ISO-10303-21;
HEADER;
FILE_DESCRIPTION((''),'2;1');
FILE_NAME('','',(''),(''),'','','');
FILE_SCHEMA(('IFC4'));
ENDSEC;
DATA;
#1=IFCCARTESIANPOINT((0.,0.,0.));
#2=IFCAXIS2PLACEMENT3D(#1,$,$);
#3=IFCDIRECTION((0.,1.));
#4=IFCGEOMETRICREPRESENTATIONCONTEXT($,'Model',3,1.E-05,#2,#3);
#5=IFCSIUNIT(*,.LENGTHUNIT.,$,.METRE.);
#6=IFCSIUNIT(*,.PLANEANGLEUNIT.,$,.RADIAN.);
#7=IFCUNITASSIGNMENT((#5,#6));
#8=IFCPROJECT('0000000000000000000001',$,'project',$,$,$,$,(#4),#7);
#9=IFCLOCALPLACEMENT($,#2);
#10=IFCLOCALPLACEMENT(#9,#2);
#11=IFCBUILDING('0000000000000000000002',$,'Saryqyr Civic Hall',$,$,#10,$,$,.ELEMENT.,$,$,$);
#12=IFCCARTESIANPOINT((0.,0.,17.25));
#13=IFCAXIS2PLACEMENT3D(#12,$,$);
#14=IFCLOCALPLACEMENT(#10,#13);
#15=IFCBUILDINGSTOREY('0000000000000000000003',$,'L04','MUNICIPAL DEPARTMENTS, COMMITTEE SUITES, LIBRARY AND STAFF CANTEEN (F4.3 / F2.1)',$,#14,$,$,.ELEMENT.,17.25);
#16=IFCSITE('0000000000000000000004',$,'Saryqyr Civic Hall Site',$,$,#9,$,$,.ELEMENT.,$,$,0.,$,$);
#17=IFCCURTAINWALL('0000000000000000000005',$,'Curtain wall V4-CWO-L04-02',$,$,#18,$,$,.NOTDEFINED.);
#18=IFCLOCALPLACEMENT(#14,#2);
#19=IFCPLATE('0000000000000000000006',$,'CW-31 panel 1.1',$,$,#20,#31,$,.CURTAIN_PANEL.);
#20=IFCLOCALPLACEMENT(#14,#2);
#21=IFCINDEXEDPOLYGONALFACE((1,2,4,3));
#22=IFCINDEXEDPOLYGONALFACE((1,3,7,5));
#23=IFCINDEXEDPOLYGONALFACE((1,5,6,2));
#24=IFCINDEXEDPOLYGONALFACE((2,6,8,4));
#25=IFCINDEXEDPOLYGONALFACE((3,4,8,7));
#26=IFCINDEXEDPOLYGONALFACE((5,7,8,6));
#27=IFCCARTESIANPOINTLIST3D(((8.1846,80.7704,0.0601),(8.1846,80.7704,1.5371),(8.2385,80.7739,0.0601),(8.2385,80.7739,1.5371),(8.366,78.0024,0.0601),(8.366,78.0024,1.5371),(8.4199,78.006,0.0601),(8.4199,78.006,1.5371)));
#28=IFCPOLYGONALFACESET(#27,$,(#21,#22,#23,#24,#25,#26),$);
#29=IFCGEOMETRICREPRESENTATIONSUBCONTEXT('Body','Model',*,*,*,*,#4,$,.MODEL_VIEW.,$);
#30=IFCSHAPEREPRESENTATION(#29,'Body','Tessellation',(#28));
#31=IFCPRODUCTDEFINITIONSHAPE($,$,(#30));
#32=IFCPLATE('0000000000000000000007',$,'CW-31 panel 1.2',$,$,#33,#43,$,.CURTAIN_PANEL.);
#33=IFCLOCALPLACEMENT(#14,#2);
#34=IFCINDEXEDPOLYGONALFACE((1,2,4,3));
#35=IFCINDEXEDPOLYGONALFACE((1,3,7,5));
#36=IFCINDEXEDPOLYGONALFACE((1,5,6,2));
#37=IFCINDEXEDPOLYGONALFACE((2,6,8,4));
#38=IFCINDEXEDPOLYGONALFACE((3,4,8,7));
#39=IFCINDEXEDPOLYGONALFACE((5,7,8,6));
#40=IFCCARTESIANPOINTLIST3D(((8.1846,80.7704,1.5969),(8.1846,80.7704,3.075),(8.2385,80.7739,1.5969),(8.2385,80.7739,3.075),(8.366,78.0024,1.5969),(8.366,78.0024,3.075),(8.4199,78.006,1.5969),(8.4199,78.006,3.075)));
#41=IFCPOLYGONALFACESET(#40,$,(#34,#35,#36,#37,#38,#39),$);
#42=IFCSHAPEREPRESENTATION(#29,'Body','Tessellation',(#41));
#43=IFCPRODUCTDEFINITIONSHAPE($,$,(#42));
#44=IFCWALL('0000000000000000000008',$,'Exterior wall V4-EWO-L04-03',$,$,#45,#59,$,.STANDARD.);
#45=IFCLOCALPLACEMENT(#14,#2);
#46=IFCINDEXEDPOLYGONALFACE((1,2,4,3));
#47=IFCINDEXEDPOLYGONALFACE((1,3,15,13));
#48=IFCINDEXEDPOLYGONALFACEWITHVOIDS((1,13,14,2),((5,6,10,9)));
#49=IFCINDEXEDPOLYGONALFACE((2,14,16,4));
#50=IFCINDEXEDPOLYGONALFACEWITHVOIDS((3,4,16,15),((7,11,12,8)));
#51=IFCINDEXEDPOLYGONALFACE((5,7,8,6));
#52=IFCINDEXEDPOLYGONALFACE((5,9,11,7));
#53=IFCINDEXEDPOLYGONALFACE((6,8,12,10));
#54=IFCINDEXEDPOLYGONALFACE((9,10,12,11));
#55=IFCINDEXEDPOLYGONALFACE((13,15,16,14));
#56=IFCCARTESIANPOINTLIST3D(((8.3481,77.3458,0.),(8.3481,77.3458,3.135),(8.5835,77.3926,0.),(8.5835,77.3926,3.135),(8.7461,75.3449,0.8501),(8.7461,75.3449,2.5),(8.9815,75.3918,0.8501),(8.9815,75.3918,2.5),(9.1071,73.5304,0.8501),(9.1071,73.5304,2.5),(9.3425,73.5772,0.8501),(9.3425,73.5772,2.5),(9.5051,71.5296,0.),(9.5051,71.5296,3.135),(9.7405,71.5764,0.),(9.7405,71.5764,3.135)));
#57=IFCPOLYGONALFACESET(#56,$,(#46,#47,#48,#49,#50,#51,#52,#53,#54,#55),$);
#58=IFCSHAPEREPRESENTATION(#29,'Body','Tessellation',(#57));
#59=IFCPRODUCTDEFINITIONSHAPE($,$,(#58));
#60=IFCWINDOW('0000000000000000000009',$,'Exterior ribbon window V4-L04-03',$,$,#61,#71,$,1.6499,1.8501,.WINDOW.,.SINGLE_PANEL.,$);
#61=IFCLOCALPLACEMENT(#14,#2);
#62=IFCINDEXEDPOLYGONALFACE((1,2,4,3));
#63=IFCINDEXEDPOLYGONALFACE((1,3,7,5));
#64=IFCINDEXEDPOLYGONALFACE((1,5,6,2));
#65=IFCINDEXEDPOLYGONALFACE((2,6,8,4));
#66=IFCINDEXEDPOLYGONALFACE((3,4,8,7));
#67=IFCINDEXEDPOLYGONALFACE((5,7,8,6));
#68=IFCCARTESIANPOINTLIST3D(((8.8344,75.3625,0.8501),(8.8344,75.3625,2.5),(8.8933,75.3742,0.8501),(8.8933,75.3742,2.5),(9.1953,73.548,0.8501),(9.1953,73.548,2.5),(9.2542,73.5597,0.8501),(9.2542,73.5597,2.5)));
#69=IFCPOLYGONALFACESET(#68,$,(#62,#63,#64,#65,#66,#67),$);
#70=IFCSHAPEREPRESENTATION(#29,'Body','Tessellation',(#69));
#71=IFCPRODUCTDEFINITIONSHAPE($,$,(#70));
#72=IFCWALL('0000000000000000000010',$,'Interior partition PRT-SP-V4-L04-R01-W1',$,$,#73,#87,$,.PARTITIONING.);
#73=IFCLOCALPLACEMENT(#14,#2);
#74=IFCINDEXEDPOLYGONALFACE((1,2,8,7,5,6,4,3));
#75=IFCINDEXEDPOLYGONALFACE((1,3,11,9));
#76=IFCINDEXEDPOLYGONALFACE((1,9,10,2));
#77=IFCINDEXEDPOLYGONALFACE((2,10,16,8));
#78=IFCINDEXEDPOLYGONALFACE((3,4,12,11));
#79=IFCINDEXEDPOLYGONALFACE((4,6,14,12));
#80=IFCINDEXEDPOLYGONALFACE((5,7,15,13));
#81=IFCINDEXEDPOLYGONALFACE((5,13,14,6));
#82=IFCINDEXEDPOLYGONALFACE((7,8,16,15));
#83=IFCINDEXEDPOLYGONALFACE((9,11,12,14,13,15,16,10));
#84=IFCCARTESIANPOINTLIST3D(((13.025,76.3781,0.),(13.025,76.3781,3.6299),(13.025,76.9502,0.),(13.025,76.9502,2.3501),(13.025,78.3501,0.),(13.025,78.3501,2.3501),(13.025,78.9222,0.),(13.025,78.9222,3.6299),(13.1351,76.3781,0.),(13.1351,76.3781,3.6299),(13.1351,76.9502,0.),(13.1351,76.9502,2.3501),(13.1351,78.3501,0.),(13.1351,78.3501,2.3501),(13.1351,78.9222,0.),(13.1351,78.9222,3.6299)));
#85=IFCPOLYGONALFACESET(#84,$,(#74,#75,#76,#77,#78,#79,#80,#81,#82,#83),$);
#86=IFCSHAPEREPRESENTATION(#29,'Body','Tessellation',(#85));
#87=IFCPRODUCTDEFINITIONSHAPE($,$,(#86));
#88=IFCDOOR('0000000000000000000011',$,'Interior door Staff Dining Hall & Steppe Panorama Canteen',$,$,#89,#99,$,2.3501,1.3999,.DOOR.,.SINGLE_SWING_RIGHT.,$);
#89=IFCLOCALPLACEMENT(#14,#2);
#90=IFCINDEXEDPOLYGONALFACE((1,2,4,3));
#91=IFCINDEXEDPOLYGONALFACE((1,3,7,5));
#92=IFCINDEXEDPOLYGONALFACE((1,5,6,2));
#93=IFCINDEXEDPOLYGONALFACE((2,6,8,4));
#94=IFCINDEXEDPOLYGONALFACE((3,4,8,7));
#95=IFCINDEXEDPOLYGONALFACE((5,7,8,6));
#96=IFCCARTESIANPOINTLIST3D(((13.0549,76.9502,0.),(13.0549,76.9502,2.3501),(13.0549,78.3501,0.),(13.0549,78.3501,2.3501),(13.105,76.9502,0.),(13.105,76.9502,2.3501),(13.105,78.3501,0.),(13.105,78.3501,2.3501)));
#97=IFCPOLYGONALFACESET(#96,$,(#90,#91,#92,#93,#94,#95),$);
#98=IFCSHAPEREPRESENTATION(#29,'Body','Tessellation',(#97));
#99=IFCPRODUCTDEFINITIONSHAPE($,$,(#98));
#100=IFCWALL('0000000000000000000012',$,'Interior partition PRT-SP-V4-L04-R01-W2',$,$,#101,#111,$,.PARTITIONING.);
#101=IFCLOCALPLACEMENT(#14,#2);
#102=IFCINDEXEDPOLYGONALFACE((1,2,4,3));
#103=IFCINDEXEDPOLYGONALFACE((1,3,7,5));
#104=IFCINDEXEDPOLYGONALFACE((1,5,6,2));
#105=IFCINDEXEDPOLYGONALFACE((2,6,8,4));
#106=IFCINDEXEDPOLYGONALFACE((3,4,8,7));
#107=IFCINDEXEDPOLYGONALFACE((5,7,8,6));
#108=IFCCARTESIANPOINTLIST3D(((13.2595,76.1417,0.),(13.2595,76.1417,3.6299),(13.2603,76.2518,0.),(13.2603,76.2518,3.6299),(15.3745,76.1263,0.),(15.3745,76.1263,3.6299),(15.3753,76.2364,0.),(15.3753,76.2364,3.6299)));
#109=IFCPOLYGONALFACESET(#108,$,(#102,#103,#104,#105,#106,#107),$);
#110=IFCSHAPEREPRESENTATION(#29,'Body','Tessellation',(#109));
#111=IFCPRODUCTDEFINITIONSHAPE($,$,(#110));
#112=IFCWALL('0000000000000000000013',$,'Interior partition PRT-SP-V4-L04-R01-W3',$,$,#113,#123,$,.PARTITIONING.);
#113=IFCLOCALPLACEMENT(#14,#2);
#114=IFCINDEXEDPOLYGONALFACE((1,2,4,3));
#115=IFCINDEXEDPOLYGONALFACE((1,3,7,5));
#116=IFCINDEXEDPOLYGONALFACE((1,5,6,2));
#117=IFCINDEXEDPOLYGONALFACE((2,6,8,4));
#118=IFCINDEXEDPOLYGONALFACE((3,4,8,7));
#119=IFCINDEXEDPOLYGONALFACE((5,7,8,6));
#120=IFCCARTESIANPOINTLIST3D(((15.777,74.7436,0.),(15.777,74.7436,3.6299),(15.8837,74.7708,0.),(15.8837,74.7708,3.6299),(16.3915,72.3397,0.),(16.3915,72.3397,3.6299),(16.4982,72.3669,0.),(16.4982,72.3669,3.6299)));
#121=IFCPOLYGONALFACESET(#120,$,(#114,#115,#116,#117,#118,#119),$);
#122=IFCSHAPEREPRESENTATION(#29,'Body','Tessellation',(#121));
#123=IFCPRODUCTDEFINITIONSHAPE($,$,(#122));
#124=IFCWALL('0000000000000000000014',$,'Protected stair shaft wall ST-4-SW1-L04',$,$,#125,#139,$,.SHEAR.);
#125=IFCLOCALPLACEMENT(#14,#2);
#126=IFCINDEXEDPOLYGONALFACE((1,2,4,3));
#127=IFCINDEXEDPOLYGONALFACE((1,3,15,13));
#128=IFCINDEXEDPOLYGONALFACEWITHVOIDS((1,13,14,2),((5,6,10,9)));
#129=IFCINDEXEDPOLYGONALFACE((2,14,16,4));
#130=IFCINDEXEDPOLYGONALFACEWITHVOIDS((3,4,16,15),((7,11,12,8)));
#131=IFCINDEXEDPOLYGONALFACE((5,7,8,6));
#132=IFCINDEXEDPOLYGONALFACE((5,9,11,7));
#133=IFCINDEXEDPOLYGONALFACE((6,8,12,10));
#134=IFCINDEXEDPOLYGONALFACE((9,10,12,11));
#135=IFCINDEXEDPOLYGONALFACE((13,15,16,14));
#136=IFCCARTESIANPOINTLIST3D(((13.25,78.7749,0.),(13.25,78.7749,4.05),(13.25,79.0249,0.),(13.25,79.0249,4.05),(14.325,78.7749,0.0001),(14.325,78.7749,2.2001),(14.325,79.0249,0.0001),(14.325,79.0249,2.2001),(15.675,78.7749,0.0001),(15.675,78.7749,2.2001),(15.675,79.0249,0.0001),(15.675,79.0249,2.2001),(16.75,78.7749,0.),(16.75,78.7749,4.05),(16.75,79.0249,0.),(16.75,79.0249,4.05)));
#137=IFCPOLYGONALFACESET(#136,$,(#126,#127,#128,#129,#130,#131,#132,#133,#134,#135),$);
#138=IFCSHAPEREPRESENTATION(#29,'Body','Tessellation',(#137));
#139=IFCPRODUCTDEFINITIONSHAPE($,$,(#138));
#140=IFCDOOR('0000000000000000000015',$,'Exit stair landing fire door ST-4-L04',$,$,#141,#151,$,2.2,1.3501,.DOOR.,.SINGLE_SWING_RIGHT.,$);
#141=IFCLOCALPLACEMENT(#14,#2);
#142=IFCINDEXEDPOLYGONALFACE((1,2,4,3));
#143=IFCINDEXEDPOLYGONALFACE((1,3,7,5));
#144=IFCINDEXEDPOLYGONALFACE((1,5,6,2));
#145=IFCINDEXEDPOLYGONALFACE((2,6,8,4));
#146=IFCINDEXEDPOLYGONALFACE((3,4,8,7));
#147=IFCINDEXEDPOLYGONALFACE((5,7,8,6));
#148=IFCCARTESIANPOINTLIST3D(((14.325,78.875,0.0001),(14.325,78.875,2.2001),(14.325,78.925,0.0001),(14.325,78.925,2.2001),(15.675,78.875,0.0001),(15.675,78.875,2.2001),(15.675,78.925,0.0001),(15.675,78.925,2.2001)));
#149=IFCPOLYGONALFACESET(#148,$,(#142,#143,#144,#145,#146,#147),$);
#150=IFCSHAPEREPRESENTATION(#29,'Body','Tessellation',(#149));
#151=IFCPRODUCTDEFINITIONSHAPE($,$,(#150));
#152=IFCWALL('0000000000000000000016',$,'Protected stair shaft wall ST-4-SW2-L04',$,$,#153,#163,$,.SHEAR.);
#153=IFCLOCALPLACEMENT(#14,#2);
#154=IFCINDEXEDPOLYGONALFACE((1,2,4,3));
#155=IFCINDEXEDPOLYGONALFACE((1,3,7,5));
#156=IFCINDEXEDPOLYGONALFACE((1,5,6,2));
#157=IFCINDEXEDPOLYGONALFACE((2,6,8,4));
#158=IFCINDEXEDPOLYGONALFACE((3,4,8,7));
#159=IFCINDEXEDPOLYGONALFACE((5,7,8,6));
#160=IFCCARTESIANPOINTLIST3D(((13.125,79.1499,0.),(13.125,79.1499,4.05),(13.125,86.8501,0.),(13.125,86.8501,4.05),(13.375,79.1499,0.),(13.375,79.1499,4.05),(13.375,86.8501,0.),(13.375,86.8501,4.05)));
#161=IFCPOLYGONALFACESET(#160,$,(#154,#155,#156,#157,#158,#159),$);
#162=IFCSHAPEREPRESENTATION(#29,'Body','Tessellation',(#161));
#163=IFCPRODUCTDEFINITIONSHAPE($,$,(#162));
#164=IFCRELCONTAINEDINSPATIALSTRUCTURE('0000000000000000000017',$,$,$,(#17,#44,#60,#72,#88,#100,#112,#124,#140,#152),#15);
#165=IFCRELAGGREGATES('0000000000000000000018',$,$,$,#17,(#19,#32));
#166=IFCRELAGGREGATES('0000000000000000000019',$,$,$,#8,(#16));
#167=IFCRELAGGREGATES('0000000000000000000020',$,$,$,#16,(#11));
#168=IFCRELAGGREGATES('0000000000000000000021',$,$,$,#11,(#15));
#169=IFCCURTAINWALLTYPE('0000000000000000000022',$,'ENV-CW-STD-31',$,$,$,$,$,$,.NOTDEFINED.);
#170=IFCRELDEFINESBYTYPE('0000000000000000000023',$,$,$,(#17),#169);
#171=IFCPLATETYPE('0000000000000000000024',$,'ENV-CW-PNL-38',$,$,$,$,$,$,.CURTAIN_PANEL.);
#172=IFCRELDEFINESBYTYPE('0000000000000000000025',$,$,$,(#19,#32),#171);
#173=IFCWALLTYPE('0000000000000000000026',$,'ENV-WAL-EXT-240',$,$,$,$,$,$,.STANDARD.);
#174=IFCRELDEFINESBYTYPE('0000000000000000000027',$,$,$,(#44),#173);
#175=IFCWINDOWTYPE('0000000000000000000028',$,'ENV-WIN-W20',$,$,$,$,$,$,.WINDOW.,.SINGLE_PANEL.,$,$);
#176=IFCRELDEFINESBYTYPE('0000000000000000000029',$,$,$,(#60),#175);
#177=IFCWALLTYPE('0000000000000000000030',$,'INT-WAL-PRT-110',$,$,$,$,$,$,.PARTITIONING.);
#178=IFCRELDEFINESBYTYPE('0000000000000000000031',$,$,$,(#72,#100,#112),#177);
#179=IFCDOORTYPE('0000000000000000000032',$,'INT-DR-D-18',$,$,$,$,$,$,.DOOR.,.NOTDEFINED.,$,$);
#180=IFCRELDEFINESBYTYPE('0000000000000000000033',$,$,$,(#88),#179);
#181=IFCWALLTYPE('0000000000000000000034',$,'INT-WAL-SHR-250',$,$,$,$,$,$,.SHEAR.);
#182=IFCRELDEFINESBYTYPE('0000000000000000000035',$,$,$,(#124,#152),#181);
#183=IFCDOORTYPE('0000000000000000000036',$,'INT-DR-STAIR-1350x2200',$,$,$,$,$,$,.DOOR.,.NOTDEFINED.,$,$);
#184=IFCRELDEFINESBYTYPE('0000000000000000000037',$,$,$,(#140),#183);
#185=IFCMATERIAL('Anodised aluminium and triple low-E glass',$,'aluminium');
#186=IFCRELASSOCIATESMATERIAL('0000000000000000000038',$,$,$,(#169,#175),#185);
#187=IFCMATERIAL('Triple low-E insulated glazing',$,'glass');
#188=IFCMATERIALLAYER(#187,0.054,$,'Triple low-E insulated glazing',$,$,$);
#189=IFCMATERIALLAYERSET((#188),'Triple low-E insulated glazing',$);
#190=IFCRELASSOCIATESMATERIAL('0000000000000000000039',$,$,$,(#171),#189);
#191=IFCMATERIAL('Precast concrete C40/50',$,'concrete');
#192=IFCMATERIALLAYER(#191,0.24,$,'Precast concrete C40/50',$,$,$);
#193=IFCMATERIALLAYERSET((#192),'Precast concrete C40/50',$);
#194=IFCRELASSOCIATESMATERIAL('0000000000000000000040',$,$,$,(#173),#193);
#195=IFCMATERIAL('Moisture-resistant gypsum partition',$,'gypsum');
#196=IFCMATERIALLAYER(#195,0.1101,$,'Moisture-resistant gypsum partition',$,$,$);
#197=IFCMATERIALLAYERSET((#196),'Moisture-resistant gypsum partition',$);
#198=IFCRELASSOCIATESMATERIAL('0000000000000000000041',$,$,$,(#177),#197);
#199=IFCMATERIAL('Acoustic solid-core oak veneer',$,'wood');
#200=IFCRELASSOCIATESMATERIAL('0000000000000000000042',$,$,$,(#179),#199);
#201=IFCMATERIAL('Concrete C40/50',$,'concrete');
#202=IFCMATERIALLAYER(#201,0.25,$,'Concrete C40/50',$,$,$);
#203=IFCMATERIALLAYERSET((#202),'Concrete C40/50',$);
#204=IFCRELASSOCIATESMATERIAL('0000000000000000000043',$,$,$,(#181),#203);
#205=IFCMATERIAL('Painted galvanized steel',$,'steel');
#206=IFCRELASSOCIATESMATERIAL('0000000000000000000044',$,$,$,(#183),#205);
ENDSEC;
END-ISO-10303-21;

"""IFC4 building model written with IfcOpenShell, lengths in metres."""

from ifc_helpers import new_model, si_unit, direction, frame, frame_2d, origin, origin_2d, place, context, subcontext, project, spatial, rectangle, extrude, material, layer, layer_set, type_object, element, fill, aggregate, save


model = new_model("IFC4")

# Units and contexts
model_context = context("Model", 3, precision=1e-05, world=origin(), true_north=direction((0.0, 1.0)))
body_context = subcontext(model_context, "Body", "Model", "MODEL_VIEW")
ifc_project = project(units=[si_unit("LENGTHUNIT", "METRE"), si_unit("PLANEANGLEUNIT", "RADIAN")], contexts=[model_context])

# Site, building, storey
site_placement = place(None, origin())
site = spatial("IfcSite", under=ifc_project, at=site_placement, Name="Saryqyr Civic Hall Site", CompositionType="ELEMENT", RefElevation=0.0)
building_placement = place(site_placement, origin())
building = spatial("IfcBuilding", under=site, at=building_placement, Name="Saryqyr Civic Hall", CompositionType="ELEMENT")
storey_placement = place(building_placement, frame((0.0, 0.0, 17.25)))
storey = spatial("IfcBuildingStorey", under=building, at=storey_placement, Name="L04", Description="MUNICIPAL DEPARTMENTS, COMMITTEE SUITES, LIBRARY AND STAFF CANTEEN (F4.3 / F2.1)", CompositionType="ELEMENT", Elevation=17.25)

# Shared definitions
ifc_material_1 = material(Name="Concrete C40/50", Category="concrete")

# Curtain wall
ifc_material_2 = material(Name="Anodised aluminium and triple low-E glass", Category="aluminium")
curtain_wall_type = type_object("IfcCurtainWallType", Name="ENV-CW-STD-31", PredefinedType="NOTDEFINED", material=ifc_material_2)
curtain_wall_placement = place(storey_placement, origin())
curtain_wall = element("IfcCurtainWall", 1, at=curtain_wall_placement, inside=storey, type_object=curtain_wall_type, Name="Curtain wall V4-CWO-L04-02", PredefinedType="NOTDEFINED")

# Shared definitions
ifc_material_3 = material(Name="Precast concrete C40/50", Category="concrete")

# Plates
ifc_material_4 = material(Name="Triple low-E insulated glazing", Category="glass")
ifc_layer_1 = layer(ifc_material_4, 0.054, Name="Triple low-E insulated glazing")
ifc_layer_set_1 = layer_set([ifc_layer_1], Name="Triple low-E insulated glazing")
plate_type = type_object("IfcPlateType", Name="ENV-CW-PNL-38", PredefinedType="CURTAIN_PANEL", material=ifc_layer_set_1)
plate_1_placement = place(storey_placement, frame((8.3022, 79.3882, 0.0601), z_axis=(0.0, 0.0, 1.0), x_axis=(-0.065397, 0.997859, 0.0)))
plate_1 = element("IfcPlate", 2, at=plate_1_placement, type_object=plate_type, Name="CW-31 panel 1.1", PredefinedType="CURTAIN_PANEL", context=body_context, shape_type="SweptSolid", body=[
    extrude(rectangle(XDim=2.7739, YDim=0.054, at=origin_2d()), origin(), (0.0, 0.0, 1.0), 1.4771),
])
plate_2_placement = place(storey_placement, frame((8.3022, 79.3882, 1.5969), z_axis=(0.0, 0.0, 1.0), x_axis=(-0.065397, 0.997859, 0.0)))
plate_2 = element("IfcPlate", 3, at=plate_2_placement, type_object=plate_type, Name="CW-31 panel 1.2", PredefinedType="CURTAIN_PANEL", context=body_context, shape_type="SweptSolid", body=[
    extrude(rectangle(XDim=2.7739, YDim=0.054, at=origin_2d()), origin(), (0.0, 0.0, 1.0), 1.478),
])
aggregate(curtain_wall, [plate_1, plate_2])

# Wall, opening, window
ifc_layer_2 = layer(ifc_material_3, 0.24, Name="Precast concrete C40/50")
ifc_layer_set_2 = layer_set([ifc_layer_2], Name="Precast concrete C40/50")
wall_type_1 = type_object("IfcWallType", Name="ENV-WAL-EXT-240", PredefinedType="STANDARD", material=ifc_layer_set_2)
wall_1_placement = place(storey_placement, frame((9.6228, 71.553, 0.0), z_axis=(0.0, 0.0, 1.0), x_axis=(-0.195103, 0.980783, 0.0)))
wall_1 = element("IfcWall", 4, at=wall_1_placement, inside=storey, type_object=wall_type_1, Name="Exterior wall V4-EWO-L04-03", PredefinedType="STANDARD", context=body_context, shape_type="SweptSolid", body=[
    extrude(rectangle(XDim=5.9302, YDim=0.24, at=frame_2d((2.9651, 0.0))), origin(), (0.0, 0.0, 1.0), 3.135),
])
opening_1_placement = place(wall_1_placement, frame((2.04, 0.0, 0.8501)))
opening_1 = element("IfcOpeningElement", 5, at=opening_1_placement, cuts=wall_1, PredefinedType="OPENING", context=body_context, shape_type="SweptSolid", body=[
    extrude(rectangle(XDim=1.8501, YDim=1.6499, at=frame_2d((0.925, 0.825))), frame((0.0, 0.1299, 0.0), z_axis=(0.0, -1.0, 0.0), x_axis=(1.0, 0.0, 0.0)), (0.0, 0.0, 1.0), 0.26),
])
window_type = type_object("IfcWindowType", Name="ENV-WIN-W20", PartitioningType="SINGLE_PANEL", PredefinedType="WINDOW", material=ifc_material_2)
window_placement = place(opening_1_placement, origin())
window = element("IfcWindow", 6, at=window_placement, inside=storey, type_object=window_type, Name="Exterior ribbon window V4-L04-03", OverallHeight=1.6499, OverallWidth=1.8501, PartitioningType="SINGLE_PANEL", PredefinedType="WINDOW", context=body_context, shape_type="SweptSolid", body=[
    extrude(rectangle(XDim=1.8501, YDim=1.6499, at=frame_2d((0.925, 0.825))), frame((0.0, 0.03, 0.0), z_axis=(0.0, -1.0, 0.0), x_axis=(1.0, 0.0, 0.0)), (0.0, 0.0, 1.0), 0.0601),
])
fill(opening_1, window)

# Wall, opening, door
ifc_material_5 = material(Name="Moisture-resistant gypsum partition", Category="gypsum")
ifc_layer_3 = layer(ifc_material_5, 0.1101, Name="Moisture-resistant gypsum partition")
ifc_layer_set_3 = layer_set([ifc_layer_3], Name="Moisture-resistant gypsum partition")
wall_type_2 = type_object("IfcWallType", Name="INT-WAL-PRT-110", PredefinedType="PARTITIONING", material=ifc_layer_set_3)
wall_2_placement = place(storey_placement, frame((13.0801, 78.9221, 0.0), z_axis=(0.0, 0.0, 1.0), x_axis=(0.0, -1.0, 0.0)))
wall_2 = element("IfcWall", 7, at=wall_2_placement, inside=storey, type_object=wall_type_2, Name="Interior partition PRT-SP-V4-L04-R01-W1", PredefinedType="PARTITIONING", context=body_context, shape_type="SweptSolid", body=[
    extrude(rectangle(XDim=2.5442, YDim=0.1101, at=frame_2d((1.272, 0.0))), origin(), (0.0, 0.0, 1.0), 3.6299),
])
opening_2_placement = place(wall_2_placement, frame((0.572, 0.0, 0.0)))
opening_2 = element("IfcOpeningElement", 8, at=opening_2_placement, cuts=wall_2, PredefinedType="OPENING", context=body_context, shape_type="SweptSolid", body=[
    extrude(rectangle(XDim=1.3999, YDim=2.3501, at=frame_2d((0.7, 1.175))), frame((0.0, 0.0649, 0.0), z_axis=(0.0, -1.0, 0.0), x_axis=(1.0, 0.0, 0.0)), (0.0, 0.0, 1.0), 0.1301),
])
ifc_material_6 = material(Name="Acoustic solid-core oak veneer", Category="wood")
door_type_1 = type_object("IfcDoorType", Name="INT-DR-D-18", OperationType="NOTDEFINED", PredefinedType="DOOR", material=ifc_material_6)
door_1_placement = place(opening_2_placement, origin())
door_1 = element("IfcDoor", 9, at=door_1_placement, inside=storey, type_object=door_type_1, Name="Interior door Staff Dining Hall & Steppe Panorama Canteen", OperationType="SINGLE_SWING_RIGHT", OverallHeight=2.3501, OverallWidth=1.3999, PredefinedType="DOOR", context=body_context, shape_type="SweptSolid", body=[
    extrude(rectangle(XDim=1.3999, YDim=2.3501, at=frame_2d((0.7, 1.175))), frame((0.0, 0.0249, 0.0), z_axis=(0.0, -1.0, 0.0), x_axis=(1.0, 0.0, 0.0)), (0.0, 0.0, 1.0), 0.05),
])
fill(opening_2, door_1)

# Walls
wall_3_placement = place(storey_placement, frame((15.375, 76.1814, 0.0), z_axis=(0.0, 0.0, 1.0), x_axis=(-0.999974, 0.007272, 0.0)))
element("IfcWall", 10, at=wall_3_placement, inside=storey, type_object=wall_type_2, Name="Interior partition PRT-SP-V4-L04-R01-W2", PredefinedType="PARTITIONING", context=body_context, shape_type="SweptSolid", body=[
    extrude(rectangle(XDim=2.115, YDim=0.1101, at=frame_2d((1.0576, 0.0))), origin(), (0.0, 0.0, 1.0), 3.6299),
])
wall_4_placement = place(storey_placement, frame((15.8303, 74.7573, 0.0), z_axis=(0.0, 0.0, 1.0), x_axis=(0.247672, -0.968844, 0.0)))
element("IfcWall", 11, at=wall_4_placement, inside=storey, type_object=wall_type_2, Name="Interior partition PRT-SP-V4-L04-R01-W3", PredefinedType="PARTITIONING", context=body_context, shape_type="SweptSolid", body=[
    extrude(rectangle(XDim=2.4812, YDim=0.1101, at=frame_2d((1.2407, 0.0))), origin(), (0.0, 0.0, 1.0), 3.6299),
])

# Wall, opening, door
ifc_layer_4 = layer(ifc_material_1, 0.25, Name="Concrete C40/50")
ifc_layer_set_4 = layer_set([ifc_layer_4], Name="Concrete C40/50")
wall_type_3 = type_object("IfcWallType", Name="INT-WAL-SHR-250", PredefinedType="SHEAR", material=ifc_layer_set_4)
wall_5_placement = place(storey_placement, frame((16.75, 78.8999, 0.0), z_axis=(0.0, 0.0, 1.0), x_axis=(-1.0, 0.0, 0.0)))
wall_5 = element("IfcWall", 12, at=wall_5_placement, inside=storey, type_object=wall_type_3, Name="Protected stair shaft wall ST-4-SW1-L04", PredefinedType="SHEAR", context=body_context, shape_type="SweptSolid", body=[
    extrude(rectangle(XDim=3.5, YDim=0.25, at=frame_2d((1.75, 0.0))), origin(), (0.0, 0.0, 1.0), 4.05),
])
opening_3_placement = place(wall_5_placement, frame((1.075, 0.0, 0.0)))
opening_3 = element("IfcOpeningElement", 13, at=opening_3_placement, cuts=wall_5, PredefinedType="OPENING", context=body_context, shape_type="SweptSolid", body=[
    extrude(rectangle(XDim=1.3501, YDim=2.2, at=frame_2d((0.675, 1.1001))), frame((0.0, 0.135, 0.0), z_axis=(0.0, -1.0, 0.0), x_axis=(1.0, 0.0, 0.0)), (0.0, 0.0, 1.0), 0.27),
])
ifc_material_7 = material(Name="Painted galvanized steel", Category="steel")
door_type_2 = type_object("IfcDoorType", Name="INT-DR-STAIR-1350x2200", OperationType="NOTDEFINED", PredefinedType="DOOR", material=ifc_material_7)
door_2_placement = place(opening_3_placement, origin())
door_2 = element("IfcDoor", 14, at=door_2_placement, inside=storey, type_object=door_type_2, Name="Exit stair landing fire door ST-4-L04", OperationType="SINGLE_SWING_RIGHT", OverallHeight=2.2, OverallWidth=1.3501, PredefinedType="DOOR", context=body_context, shape_type="SweptSolid", body=[
    extrude(rectangle(XDim=1.3501, YDim=2.2, at=frame_2d((0.675, 1.1001))), frame((0.0, 0.0249, 0.0), z_axis=(0.0, -1.0, 0.0), x_axis=(1.0, 0.0, 0.0)), (0.0, 0.0, 1.0), 0.05),
])
fill(opening_3, door_2)

# Wall
wall_6_placement = place(storey_placement, frame((13.25, 79.1499, 0.0), z_axis=(0.0, 0.0, 1.0), x_axis=(0.0, 1.0, 0.0)))
element("IfcWall", 15, at=wall_6_placement, inside=storey, type_object=wall_type_3, Name="Protected stair shaft wall ST-4-SW2-L04", PredefinedType="SHEAR", context=body_context, shape_type="SweptSolid", body=[
    extrude(rectangle(XDim=7.7002, YDim=0.25, at=frame_2d((3.8501, 0.0))), origin(), (0.0, 0.0, 1.0), 4.05),
])

save(model, "model.ifc")
